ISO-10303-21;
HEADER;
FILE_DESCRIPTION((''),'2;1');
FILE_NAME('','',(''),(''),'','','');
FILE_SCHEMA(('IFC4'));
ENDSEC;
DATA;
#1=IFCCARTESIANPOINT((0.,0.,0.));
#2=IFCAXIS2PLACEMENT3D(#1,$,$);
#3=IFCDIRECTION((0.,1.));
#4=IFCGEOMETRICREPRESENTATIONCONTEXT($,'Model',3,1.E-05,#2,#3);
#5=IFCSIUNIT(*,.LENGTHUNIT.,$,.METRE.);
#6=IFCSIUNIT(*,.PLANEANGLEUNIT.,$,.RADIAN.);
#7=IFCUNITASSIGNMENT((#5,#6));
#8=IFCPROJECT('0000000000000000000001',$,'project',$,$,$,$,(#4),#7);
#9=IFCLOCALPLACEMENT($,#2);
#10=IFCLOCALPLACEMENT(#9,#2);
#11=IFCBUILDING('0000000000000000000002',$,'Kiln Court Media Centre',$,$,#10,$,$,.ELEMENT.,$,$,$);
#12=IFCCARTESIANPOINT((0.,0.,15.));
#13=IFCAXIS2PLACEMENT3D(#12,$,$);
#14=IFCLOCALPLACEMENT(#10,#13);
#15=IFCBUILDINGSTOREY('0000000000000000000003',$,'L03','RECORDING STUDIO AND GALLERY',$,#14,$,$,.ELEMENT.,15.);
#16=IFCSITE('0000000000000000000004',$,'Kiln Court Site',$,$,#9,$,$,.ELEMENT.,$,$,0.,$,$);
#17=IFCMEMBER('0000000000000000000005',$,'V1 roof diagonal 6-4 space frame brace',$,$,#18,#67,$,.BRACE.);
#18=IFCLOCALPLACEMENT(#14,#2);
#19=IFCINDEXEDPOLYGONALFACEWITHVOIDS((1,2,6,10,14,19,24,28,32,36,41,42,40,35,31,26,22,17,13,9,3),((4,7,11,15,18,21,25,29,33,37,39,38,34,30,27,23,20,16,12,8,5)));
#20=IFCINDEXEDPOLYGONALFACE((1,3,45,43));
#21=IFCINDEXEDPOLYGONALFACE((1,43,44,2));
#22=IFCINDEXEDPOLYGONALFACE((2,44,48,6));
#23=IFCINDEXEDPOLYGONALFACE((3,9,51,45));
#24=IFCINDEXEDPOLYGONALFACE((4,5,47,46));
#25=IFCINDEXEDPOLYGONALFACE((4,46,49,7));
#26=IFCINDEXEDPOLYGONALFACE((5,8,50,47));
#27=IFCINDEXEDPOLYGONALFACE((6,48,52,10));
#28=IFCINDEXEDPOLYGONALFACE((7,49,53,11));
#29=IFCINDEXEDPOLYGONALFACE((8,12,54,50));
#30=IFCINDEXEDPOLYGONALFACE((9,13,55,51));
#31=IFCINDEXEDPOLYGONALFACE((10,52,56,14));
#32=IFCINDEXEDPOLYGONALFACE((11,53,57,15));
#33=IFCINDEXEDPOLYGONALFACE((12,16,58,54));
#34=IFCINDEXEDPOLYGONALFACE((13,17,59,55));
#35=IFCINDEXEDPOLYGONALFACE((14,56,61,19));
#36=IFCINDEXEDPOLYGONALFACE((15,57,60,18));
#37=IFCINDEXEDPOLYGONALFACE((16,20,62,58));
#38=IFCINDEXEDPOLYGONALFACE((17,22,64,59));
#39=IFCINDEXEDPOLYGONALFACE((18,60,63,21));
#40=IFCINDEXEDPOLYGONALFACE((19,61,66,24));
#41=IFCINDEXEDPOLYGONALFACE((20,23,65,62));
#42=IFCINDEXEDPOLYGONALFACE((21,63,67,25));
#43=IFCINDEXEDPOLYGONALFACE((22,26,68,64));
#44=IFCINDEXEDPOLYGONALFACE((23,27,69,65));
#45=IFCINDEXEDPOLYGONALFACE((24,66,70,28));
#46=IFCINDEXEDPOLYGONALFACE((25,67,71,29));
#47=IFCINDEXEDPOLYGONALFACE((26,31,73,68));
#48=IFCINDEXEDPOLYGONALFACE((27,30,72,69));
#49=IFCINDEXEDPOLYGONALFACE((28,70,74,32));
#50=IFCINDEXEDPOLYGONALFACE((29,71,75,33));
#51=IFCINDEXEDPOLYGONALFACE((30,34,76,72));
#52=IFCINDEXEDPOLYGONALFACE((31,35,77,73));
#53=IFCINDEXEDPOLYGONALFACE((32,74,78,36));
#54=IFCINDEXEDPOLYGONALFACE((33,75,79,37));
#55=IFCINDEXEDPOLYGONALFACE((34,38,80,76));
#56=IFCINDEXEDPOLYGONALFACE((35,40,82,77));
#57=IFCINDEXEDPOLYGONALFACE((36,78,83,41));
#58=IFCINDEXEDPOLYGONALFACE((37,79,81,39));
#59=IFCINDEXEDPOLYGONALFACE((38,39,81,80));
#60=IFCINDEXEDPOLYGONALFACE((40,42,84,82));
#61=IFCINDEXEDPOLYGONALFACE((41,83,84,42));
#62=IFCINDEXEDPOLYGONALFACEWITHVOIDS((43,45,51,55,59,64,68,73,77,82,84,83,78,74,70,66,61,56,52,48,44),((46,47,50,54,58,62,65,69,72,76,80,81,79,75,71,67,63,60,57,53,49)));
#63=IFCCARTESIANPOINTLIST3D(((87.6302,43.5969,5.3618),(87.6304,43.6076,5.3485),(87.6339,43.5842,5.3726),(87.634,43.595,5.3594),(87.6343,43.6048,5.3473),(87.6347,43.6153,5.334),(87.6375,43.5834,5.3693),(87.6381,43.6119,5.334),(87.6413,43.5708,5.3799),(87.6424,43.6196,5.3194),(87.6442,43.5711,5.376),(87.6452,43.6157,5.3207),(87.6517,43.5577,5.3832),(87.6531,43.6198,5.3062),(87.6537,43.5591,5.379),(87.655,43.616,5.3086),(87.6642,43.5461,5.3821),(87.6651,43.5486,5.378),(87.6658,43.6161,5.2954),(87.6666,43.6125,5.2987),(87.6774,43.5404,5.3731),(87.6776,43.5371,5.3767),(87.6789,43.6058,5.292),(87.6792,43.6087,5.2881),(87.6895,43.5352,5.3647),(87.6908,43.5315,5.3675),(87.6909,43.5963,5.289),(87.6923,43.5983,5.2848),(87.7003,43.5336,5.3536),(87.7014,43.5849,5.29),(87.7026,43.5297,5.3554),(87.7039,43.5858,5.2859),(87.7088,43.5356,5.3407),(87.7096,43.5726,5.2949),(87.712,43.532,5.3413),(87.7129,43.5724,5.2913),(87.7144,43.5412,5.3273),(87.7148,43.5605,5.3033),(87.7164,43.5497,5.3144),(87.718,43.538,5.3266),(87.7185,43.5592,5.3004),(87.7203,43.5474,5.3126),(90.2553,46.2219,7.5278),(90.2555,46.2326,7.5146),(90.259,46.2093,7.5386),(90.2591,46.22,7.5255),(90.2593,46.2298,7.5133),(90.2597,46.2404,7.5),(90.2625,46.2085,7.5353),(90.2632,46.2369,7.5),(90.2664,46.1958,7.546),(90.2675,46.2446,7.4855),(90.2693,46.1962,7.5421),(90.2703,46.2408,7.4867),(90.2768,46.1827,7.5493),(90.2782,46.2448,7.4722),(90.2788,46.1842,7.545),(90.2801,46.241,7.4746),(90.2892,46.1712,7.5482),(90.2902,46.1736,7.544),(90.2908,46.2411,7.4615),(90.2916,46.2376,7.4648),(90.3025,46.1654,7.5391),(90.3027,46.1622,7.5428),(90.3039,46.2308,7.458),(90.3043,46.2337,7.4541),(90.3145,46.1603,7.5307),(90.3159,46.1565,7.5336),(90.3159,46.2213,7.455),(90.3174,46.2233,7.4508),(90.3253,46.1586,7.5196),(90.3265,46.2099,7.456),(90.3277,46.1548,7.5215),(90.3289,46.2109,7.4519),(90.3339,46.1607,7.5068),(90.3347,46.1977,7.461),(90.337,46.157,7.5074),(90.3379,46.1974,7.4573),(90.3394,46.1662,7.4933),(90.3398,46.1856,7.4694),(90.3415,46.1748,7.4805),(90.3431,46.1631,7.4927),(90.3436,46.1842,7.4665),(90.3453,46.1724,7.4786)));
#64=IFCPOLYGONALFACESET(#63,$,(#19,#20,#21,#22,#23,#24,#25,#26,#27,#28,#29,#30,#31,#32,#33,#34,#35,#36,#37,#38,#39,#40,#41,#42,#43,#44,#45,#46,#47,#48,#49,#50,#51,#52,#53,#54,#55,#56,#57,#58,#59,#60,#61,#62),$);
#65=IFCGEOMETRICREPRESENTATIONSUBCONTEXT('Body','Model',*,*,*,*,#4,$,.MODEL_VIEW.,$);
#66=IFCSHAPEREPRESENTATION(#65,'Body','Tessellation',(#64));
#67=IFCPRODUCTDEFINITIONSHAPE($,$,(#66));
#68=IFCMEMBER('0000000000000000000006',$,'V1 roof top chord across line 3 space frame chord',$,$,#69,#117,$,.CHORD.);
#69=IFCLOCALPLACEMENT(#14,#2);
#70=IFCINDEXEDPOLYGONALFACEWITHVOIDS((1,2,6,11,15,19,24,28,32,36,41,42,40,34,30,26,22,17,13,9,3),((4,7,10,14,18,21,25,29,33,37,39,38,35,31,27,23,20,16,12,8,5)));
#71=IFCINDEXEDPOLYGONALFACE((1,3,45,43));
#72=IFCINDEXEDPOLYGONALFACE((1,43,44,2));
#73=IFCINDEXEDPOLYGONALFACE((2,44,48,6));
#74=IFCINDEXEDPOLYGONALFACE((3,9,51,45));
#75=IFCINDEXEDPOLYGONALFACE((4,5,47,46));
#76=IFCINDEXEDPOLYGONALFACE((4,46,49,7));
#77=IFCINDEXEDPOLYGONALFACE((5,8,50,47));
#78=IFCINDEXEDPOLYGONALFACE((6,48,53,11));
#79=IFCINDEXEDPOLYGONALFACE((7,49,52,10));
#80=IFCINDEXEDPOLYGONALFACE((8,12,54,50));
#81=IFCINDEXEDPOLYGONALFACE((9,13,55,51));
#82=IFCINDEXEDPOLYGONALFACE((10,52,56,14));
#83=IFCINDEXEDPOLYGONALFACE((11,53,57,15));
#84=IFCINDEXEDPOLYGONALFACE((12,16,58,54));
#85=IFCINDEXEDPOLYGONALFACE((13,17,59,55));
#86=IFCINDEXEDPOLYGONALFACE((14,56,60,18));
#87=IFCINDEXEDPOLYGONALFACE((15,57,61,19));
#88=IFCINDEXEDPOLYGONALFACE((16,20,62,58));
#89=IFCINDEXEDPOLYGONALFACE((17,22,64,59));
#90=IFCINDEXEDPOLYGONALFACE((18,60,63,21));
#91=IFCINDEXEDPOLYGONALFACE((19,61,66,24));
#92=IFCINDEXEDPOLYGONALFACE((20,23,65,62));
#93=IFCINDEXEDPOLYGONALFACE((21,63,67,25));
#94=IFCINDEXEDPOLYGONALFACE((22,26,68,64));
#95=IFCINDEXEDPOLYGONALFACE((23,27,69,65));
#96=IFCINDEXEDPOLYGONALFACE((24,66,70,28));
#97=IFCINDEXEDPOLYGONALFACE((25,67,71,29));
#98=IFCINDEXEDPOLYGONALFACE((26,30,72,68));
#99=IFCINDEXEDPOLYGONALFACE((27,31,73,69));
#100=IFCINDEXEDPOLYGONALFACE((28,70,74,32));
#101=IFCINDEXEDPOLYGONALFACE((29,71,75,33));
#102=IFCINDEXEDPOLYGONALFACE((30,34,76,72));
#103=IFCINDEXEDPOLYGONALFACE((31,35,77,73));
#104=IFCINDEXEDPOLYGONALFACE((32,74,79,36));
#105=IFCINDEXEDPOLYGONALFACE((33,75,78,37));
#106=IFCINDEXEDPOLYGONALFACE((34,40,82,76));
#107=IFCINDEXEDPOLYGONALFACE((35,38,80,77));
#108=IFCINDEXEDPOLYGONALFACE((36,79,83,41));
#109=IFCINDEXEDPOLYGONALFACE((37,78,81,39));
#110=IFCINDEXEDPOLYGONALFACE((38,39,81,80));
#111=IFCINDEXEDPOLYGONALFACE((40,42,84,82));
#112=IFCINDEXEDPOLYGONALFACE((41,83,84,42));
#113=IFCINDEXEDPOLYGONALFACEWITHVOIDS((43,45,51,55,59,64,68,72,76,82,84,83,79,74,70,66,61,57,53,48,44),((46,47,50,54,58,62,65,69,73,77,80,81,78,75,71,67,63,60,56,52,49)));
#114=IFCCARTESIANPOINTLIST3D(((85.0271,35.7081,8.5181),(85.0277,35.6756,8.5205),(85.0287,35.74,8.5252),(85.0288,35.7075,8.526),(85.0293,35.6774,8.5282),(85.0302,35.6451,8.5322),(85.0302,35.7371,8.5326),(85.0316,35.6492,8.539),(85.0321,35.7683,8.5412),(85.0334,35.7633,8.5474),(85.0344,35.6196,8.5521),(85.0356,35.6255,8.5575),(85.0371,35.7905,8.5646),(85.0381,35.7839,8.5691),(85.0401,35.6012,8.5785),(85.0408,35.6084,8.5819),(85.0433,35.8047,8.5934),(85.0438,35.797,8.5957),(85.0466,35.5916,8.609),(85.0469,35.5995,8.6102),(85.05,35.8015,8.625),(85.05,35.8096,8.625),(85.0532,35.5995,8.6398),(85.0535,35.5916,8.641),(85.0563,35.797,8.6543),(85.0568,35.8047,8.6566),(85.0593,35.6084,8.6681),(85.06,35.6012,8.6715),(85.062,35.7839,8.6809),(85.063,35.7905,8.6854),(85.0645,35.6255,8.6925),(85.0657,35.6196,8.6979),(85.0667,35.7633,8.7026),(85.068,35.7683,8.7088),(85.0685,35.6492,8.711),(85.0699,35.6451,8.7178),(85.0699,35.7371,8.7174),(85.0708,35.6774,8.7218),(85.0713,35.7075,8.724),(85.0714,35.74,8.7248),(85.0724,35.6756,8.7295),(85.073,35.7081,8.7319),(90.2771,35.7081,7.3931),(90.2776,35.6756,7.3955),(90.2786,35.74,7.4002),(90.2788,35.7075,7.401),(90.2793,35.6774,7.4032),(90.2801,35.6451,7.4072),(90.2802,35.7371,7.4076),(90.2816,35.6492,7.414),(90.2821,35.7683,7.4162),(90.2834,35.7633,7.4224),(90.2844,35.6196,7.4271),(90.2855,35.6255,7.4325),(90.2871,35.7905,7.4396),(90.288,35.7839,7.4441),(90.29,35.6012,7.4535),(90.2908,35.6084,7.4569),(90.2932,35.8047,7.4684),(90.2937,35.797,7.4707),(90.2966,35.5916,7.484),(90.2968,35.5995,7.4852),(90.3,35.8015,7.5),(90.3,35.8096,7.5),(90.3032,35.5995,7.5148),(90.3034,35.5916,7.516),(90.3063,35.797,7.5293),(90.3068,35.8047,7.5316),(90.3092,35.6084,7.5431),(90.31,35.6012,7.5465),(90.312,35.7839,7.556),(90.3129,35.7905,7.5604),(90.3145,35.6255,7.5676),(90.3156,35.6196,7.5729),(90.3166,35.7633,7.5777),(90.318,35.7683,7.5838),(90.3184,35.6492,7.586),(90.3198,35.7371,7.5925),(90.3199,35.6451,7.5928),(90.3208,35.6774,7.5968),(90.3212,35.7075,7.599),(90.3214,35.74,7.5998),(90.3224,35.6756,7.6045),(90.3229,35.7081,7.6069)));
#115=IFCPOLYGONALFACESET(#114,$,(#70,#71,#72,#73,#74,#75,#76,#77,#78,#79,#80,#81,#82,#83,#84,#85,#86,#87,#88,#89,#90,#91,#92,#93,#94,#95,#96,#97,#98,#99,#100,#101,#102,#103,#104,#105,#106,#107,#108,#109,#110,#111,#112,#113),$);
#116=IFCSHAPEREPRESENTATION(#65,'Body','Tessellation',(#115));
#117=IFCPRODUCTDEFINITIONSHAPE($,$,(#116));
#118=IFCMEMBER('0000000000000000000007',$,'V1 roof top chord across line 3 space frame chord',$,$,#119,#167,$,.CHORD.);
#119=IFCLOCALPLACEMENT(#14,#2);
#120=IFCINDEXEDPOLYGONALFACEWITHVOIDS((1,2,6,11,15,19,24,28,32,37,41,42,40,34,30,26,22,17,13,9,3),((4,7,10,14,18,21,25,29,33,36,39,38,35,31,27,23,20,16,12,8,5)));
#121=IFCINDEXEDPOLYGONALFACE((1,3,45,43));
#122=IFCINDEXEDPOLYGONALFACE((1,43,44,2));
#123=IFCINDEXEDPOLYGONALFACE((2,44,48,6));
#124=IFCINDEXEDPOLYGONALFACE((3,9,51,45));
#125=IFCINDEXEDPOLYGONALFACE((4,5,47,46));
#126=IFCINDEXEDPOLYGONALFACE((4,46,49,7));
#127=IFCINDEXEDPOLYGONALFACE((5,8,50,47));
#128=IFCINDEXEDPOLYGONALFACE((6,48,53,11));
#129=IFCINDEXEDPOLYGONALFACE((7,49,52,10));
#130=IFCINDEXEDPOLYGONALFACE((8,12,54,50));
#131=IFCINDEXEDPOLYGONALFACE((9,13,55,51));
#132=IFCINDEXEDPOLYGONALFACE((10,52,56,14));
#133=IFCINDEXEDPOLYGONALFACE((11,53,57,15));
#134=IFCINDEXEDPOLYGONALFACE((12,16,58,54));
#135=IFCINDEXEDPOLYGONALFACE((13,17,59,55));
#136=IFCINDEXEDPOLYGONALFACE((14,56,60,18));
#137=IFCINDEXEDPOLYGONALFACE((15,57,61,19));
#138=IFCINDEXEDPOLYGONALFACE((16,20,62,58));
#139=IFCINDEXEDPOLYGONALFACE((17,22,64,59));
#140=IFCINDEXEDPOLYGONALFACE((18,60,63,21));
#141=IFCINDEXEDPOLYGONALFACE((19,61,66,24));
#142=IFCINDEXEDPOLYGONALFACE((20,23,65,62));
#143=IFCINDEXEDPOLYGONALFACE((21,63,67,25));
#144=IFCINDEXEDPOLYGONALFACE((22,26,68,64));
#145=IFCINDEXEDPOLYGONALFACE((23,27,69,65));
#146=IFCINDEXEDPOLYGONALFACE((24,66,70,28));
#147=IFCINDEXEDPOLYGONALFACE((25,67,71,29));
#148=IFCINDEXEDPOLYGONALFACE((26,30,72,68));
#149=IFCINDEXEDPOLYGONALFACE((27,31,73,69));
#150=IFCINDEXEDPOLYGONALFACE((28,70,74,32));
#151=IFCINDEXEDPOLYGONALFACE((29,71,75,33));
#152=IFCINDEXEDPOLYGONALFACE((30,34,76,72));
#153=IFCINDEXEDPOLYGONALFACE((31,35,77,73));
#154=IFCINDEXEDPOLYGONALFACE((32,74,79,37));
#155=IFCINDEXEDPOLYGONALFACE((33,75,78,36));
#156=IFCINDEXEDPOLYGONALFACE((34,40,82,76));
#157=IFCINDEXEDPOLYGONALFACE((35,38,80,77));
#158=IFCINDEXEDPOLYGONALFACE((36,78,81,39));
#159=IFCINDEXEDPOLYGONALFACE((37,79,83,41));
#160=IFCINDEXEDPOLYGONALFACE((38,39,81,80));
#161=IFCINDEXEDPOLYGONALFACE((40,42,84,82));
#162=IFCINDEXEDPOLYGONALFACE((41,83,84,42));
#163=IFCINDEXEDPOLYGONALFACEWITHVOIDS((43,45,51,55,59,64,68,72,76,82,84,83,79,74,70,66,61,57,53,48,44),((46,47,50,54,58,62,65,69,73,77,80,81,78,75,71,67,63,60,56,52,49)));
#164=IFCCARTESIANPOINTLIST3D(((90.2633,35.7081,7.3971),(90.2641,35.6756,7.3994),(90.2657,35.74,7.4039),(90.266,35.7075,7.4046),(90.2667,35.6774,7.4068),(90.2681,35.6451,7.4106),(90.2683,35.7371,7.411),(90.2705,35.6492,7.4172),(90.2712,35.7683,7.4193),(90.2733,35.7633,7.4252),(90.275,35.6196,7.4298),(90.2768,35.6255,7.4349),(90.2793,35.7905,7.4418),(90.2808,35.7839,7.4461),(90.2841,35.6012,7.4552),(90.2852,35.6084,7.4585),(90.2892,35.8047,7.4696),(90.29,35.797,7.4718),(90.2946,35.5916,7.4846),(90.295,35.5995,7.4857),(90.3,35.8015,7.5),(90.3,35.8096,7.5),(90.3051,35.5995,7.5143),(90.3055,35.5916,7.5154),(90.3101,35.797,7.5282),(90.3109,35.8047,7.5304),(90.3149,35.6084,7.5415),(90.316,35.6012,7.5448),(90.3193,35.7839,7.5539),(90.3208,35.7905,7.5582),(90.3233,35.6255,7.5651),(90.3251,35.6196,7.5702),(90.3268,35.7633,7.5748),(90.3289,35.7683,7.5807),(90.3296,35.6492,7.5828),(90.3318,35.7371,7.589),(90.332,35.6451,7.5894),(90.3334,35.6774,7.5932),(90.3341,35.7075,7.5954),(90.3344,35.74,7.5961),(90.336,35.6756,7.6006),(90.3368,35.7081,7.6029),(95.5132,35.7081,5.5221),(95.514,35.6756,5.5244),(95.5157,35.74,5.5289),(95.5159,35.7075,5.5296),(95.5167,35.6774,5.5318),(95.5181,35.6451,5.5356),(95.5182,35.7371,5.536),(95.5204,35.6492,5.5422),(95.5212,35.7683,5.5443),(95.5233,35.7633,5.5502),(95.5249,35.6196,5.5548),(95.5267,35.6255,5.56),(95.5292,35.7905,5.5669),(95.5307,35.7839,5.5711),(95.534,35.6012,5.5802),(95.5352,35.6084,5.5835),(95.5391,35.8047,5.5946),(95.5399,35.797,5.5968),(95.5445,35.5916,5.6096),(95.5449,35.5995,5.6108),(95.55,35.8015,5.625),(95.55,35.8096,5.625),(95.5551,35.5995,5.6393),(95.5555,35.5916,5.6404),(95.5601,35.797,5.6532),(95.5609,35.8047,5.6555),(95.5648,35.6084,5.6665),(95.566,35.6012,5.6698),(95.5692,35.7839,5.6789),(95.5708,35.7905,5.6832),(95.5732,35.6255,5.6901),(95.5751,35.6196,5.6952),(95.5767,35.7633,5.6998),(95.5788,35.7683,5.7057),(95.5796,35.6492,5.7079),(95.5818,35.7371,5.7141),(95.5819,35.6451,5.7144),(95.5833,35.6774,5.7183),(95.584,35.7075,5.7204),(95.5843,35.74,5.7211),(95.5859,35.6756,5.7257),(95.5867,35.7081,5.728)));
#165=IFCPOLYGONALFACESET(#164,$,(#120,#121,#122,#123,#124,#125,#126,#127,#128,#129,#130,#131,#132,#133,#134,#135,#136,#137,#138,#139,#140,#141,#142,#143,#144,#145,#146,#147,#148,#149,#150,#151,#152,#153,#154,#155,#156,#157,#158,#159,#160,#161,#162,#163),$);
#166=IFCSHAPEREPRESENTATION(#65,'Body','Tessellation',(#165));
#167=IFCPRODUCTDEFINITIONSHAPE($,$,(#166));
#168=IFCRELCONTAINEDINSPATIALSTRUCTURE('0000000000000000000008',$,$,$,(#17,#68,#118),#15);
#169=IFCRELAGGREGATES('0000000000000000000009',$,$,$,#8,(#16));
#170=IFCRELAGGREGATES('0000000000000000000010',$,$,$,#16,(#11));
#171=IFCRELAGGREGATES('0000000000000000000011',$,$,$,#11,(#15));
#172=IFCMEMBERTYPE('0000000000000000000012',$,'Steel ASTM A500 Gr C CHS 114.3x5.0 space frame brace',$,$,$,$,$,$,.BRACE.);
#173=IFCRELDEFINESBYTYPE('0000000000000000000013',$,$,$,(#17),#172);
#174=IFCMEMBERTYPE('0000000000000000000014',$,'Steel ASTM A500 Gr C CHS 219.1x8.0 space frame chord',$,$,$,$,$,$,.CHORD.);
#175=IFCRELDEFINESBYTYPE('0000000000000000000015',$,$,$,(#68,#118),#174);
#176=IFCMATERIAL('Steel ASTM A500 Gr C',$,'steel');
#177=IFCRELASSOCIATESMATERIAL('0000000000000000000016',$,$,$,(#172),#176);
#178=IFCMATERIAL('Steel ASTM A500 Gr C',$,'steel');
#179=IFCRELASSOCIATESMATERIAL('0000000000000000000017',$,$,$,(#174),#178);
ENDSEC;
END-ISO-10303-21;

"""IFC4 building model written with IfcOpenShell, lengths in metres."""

from ifc_helpers import new_model, si_unit, direction, frame, origin, origin_2d, place, context, subcontext, project, spatial, hollow_circle, extrude, material, material_profile, profile_set, type_object, element, save


model = new_model("IFC4")

# Units and contexts
model_context = context("Model", 3, precision=1e-05, world=origin(), true_north=direction((0.0, 1.0)))
body_context = subcontext(model_context, "Body", "Model", "MODEL_VIEW")
ifc_project = project(units=[si_unit("LENGTHUNIT", "METRE"), si_unit("PLANEANGLEUNIT", "RADIAN")], contexts=[model_context])

# Site, building, storey
site_placement = place(None, origin())
site = spatial("IfcSite", under=ifc_project, at=site_placement, Name="Kiln Court Site", CompositionType="ELEMENT", RefElevation=0.0)
building_placement = place(site_placement, origin())
building = spatial("IfcBuilding", under=site, at=building_placement, Name="Kiln Court Media Centre", CompositionType="ELEMENT")
storey_placement = place(building_placement, frame((0.0, 0.0, 15.0)))
storey = spatial("IfcBuildingStorey", under=building, at=storey_placement, Name="L03", Description="RECORDING STUDIO AND GALLERY", CompositionType="ELEMENT", Elevation=15.0)

# Members
ifc_material_1 = material(Name="Steel ASTM A500 Gr C", Category="steel")
ifc_material_profile_1 = material_profile(ifc_material_1, hollow_circle(Radius=0.0571, WallThickness=0.0049, at=origin_2d()), Name="CHS 114.3x5.0")
ifc_profile_set_1 = profile_set([ifc_material_profile_1], Name="Steel ASTM A500 Gr C")
member_type_1 = type_object("IfcMemberType", Name="Steel ASTM A500 Gr C CHS 114.3x5.0 space frame brace", PredefinedType="BRACE", material=ifc_profile_set_1)
member_1_placement = place(storey_placement, frame((87.675, 43.575, 5.334), z_axis=(0.610748, 0.610748, 0.503958), x_axis=(-0.707107, 0.707107, 0.0)))
element("IfcMember", 1, at=member_1_placement, inside=storey, type_object=member_type_1, Name="V1 roof diagonal 6-4 space frame brace", PredefinedType="BRACE", context=body_context, shape_type="SweptSolid", body=[
    extrude(hollow_circle(Radius=0.0571, WallThickness=0.0049, at=origin_2d()), origin(), (0.0, 0.0, 1.0), 4.2981),
])
ifc_material_2 = material(Name="Steel ASTM A500 Gr C", Category="steel")
ifc_material_profile_2 = material_profile(ifc_material_2, hollow_circle(Radius=0.1096, WallThickness=0.0081, at=origin_2d()), Name="CHS 219.1x8.0")
ifc_profile_set_2 = profile_set([ifc_material_profile_2], Name="Steel ASTM A500 Gr C")
member_type_2 = type_object("IfcMemberType", Name="Steel ASTM A500 Gr C CHS 219.1x8.0 space frame chord", PredefinedType="CHORD", material=ifc_profile_set_2)
member_2_placement = place(storey_placement, frame((85.05, 35.7, 8.625), z_axis=(0.977802, 0.0, -0.209529), x_axis=(0.0, 1.0, 0.0)))
element("IfcMember", 2, at=member_2_placement, inside=storey, type_object=member_type_2, Name="V1 roof top chord across line 3 space frame chord", PredefinedType="CHORD", context=body_context, shape_type="SweptSolid", body=[
    extrude(hollow_circle(Radius=0.1096, WallThickness=0.0081, at=origin_2d()), origin(), (0.0, 0.0, 1.0), 5.3691),
])
member_3_placement = place(storey_placement, frame((90.3, 35.7, 7.5), z_axis=(0.941742, 0.0, -0.336336), x_axis=(0.0, 1.0, 0.0)))
element("IfcMember", 3, at=member_3_placement, inside=storey, type_object=member_type_2, Name="V1 roof top chord across line 3 space frame chord", PredefinedType="CHORD", context=body_context, shape_type="SweptSolid", body=[
    extrude(hollow_circle(Radius=0.1096, WallThickness=0.0081, at=origin_2d()), origin(), (0.0, 0.0, 1.0), 5.5747),
])

save(model, "model.ifc")
